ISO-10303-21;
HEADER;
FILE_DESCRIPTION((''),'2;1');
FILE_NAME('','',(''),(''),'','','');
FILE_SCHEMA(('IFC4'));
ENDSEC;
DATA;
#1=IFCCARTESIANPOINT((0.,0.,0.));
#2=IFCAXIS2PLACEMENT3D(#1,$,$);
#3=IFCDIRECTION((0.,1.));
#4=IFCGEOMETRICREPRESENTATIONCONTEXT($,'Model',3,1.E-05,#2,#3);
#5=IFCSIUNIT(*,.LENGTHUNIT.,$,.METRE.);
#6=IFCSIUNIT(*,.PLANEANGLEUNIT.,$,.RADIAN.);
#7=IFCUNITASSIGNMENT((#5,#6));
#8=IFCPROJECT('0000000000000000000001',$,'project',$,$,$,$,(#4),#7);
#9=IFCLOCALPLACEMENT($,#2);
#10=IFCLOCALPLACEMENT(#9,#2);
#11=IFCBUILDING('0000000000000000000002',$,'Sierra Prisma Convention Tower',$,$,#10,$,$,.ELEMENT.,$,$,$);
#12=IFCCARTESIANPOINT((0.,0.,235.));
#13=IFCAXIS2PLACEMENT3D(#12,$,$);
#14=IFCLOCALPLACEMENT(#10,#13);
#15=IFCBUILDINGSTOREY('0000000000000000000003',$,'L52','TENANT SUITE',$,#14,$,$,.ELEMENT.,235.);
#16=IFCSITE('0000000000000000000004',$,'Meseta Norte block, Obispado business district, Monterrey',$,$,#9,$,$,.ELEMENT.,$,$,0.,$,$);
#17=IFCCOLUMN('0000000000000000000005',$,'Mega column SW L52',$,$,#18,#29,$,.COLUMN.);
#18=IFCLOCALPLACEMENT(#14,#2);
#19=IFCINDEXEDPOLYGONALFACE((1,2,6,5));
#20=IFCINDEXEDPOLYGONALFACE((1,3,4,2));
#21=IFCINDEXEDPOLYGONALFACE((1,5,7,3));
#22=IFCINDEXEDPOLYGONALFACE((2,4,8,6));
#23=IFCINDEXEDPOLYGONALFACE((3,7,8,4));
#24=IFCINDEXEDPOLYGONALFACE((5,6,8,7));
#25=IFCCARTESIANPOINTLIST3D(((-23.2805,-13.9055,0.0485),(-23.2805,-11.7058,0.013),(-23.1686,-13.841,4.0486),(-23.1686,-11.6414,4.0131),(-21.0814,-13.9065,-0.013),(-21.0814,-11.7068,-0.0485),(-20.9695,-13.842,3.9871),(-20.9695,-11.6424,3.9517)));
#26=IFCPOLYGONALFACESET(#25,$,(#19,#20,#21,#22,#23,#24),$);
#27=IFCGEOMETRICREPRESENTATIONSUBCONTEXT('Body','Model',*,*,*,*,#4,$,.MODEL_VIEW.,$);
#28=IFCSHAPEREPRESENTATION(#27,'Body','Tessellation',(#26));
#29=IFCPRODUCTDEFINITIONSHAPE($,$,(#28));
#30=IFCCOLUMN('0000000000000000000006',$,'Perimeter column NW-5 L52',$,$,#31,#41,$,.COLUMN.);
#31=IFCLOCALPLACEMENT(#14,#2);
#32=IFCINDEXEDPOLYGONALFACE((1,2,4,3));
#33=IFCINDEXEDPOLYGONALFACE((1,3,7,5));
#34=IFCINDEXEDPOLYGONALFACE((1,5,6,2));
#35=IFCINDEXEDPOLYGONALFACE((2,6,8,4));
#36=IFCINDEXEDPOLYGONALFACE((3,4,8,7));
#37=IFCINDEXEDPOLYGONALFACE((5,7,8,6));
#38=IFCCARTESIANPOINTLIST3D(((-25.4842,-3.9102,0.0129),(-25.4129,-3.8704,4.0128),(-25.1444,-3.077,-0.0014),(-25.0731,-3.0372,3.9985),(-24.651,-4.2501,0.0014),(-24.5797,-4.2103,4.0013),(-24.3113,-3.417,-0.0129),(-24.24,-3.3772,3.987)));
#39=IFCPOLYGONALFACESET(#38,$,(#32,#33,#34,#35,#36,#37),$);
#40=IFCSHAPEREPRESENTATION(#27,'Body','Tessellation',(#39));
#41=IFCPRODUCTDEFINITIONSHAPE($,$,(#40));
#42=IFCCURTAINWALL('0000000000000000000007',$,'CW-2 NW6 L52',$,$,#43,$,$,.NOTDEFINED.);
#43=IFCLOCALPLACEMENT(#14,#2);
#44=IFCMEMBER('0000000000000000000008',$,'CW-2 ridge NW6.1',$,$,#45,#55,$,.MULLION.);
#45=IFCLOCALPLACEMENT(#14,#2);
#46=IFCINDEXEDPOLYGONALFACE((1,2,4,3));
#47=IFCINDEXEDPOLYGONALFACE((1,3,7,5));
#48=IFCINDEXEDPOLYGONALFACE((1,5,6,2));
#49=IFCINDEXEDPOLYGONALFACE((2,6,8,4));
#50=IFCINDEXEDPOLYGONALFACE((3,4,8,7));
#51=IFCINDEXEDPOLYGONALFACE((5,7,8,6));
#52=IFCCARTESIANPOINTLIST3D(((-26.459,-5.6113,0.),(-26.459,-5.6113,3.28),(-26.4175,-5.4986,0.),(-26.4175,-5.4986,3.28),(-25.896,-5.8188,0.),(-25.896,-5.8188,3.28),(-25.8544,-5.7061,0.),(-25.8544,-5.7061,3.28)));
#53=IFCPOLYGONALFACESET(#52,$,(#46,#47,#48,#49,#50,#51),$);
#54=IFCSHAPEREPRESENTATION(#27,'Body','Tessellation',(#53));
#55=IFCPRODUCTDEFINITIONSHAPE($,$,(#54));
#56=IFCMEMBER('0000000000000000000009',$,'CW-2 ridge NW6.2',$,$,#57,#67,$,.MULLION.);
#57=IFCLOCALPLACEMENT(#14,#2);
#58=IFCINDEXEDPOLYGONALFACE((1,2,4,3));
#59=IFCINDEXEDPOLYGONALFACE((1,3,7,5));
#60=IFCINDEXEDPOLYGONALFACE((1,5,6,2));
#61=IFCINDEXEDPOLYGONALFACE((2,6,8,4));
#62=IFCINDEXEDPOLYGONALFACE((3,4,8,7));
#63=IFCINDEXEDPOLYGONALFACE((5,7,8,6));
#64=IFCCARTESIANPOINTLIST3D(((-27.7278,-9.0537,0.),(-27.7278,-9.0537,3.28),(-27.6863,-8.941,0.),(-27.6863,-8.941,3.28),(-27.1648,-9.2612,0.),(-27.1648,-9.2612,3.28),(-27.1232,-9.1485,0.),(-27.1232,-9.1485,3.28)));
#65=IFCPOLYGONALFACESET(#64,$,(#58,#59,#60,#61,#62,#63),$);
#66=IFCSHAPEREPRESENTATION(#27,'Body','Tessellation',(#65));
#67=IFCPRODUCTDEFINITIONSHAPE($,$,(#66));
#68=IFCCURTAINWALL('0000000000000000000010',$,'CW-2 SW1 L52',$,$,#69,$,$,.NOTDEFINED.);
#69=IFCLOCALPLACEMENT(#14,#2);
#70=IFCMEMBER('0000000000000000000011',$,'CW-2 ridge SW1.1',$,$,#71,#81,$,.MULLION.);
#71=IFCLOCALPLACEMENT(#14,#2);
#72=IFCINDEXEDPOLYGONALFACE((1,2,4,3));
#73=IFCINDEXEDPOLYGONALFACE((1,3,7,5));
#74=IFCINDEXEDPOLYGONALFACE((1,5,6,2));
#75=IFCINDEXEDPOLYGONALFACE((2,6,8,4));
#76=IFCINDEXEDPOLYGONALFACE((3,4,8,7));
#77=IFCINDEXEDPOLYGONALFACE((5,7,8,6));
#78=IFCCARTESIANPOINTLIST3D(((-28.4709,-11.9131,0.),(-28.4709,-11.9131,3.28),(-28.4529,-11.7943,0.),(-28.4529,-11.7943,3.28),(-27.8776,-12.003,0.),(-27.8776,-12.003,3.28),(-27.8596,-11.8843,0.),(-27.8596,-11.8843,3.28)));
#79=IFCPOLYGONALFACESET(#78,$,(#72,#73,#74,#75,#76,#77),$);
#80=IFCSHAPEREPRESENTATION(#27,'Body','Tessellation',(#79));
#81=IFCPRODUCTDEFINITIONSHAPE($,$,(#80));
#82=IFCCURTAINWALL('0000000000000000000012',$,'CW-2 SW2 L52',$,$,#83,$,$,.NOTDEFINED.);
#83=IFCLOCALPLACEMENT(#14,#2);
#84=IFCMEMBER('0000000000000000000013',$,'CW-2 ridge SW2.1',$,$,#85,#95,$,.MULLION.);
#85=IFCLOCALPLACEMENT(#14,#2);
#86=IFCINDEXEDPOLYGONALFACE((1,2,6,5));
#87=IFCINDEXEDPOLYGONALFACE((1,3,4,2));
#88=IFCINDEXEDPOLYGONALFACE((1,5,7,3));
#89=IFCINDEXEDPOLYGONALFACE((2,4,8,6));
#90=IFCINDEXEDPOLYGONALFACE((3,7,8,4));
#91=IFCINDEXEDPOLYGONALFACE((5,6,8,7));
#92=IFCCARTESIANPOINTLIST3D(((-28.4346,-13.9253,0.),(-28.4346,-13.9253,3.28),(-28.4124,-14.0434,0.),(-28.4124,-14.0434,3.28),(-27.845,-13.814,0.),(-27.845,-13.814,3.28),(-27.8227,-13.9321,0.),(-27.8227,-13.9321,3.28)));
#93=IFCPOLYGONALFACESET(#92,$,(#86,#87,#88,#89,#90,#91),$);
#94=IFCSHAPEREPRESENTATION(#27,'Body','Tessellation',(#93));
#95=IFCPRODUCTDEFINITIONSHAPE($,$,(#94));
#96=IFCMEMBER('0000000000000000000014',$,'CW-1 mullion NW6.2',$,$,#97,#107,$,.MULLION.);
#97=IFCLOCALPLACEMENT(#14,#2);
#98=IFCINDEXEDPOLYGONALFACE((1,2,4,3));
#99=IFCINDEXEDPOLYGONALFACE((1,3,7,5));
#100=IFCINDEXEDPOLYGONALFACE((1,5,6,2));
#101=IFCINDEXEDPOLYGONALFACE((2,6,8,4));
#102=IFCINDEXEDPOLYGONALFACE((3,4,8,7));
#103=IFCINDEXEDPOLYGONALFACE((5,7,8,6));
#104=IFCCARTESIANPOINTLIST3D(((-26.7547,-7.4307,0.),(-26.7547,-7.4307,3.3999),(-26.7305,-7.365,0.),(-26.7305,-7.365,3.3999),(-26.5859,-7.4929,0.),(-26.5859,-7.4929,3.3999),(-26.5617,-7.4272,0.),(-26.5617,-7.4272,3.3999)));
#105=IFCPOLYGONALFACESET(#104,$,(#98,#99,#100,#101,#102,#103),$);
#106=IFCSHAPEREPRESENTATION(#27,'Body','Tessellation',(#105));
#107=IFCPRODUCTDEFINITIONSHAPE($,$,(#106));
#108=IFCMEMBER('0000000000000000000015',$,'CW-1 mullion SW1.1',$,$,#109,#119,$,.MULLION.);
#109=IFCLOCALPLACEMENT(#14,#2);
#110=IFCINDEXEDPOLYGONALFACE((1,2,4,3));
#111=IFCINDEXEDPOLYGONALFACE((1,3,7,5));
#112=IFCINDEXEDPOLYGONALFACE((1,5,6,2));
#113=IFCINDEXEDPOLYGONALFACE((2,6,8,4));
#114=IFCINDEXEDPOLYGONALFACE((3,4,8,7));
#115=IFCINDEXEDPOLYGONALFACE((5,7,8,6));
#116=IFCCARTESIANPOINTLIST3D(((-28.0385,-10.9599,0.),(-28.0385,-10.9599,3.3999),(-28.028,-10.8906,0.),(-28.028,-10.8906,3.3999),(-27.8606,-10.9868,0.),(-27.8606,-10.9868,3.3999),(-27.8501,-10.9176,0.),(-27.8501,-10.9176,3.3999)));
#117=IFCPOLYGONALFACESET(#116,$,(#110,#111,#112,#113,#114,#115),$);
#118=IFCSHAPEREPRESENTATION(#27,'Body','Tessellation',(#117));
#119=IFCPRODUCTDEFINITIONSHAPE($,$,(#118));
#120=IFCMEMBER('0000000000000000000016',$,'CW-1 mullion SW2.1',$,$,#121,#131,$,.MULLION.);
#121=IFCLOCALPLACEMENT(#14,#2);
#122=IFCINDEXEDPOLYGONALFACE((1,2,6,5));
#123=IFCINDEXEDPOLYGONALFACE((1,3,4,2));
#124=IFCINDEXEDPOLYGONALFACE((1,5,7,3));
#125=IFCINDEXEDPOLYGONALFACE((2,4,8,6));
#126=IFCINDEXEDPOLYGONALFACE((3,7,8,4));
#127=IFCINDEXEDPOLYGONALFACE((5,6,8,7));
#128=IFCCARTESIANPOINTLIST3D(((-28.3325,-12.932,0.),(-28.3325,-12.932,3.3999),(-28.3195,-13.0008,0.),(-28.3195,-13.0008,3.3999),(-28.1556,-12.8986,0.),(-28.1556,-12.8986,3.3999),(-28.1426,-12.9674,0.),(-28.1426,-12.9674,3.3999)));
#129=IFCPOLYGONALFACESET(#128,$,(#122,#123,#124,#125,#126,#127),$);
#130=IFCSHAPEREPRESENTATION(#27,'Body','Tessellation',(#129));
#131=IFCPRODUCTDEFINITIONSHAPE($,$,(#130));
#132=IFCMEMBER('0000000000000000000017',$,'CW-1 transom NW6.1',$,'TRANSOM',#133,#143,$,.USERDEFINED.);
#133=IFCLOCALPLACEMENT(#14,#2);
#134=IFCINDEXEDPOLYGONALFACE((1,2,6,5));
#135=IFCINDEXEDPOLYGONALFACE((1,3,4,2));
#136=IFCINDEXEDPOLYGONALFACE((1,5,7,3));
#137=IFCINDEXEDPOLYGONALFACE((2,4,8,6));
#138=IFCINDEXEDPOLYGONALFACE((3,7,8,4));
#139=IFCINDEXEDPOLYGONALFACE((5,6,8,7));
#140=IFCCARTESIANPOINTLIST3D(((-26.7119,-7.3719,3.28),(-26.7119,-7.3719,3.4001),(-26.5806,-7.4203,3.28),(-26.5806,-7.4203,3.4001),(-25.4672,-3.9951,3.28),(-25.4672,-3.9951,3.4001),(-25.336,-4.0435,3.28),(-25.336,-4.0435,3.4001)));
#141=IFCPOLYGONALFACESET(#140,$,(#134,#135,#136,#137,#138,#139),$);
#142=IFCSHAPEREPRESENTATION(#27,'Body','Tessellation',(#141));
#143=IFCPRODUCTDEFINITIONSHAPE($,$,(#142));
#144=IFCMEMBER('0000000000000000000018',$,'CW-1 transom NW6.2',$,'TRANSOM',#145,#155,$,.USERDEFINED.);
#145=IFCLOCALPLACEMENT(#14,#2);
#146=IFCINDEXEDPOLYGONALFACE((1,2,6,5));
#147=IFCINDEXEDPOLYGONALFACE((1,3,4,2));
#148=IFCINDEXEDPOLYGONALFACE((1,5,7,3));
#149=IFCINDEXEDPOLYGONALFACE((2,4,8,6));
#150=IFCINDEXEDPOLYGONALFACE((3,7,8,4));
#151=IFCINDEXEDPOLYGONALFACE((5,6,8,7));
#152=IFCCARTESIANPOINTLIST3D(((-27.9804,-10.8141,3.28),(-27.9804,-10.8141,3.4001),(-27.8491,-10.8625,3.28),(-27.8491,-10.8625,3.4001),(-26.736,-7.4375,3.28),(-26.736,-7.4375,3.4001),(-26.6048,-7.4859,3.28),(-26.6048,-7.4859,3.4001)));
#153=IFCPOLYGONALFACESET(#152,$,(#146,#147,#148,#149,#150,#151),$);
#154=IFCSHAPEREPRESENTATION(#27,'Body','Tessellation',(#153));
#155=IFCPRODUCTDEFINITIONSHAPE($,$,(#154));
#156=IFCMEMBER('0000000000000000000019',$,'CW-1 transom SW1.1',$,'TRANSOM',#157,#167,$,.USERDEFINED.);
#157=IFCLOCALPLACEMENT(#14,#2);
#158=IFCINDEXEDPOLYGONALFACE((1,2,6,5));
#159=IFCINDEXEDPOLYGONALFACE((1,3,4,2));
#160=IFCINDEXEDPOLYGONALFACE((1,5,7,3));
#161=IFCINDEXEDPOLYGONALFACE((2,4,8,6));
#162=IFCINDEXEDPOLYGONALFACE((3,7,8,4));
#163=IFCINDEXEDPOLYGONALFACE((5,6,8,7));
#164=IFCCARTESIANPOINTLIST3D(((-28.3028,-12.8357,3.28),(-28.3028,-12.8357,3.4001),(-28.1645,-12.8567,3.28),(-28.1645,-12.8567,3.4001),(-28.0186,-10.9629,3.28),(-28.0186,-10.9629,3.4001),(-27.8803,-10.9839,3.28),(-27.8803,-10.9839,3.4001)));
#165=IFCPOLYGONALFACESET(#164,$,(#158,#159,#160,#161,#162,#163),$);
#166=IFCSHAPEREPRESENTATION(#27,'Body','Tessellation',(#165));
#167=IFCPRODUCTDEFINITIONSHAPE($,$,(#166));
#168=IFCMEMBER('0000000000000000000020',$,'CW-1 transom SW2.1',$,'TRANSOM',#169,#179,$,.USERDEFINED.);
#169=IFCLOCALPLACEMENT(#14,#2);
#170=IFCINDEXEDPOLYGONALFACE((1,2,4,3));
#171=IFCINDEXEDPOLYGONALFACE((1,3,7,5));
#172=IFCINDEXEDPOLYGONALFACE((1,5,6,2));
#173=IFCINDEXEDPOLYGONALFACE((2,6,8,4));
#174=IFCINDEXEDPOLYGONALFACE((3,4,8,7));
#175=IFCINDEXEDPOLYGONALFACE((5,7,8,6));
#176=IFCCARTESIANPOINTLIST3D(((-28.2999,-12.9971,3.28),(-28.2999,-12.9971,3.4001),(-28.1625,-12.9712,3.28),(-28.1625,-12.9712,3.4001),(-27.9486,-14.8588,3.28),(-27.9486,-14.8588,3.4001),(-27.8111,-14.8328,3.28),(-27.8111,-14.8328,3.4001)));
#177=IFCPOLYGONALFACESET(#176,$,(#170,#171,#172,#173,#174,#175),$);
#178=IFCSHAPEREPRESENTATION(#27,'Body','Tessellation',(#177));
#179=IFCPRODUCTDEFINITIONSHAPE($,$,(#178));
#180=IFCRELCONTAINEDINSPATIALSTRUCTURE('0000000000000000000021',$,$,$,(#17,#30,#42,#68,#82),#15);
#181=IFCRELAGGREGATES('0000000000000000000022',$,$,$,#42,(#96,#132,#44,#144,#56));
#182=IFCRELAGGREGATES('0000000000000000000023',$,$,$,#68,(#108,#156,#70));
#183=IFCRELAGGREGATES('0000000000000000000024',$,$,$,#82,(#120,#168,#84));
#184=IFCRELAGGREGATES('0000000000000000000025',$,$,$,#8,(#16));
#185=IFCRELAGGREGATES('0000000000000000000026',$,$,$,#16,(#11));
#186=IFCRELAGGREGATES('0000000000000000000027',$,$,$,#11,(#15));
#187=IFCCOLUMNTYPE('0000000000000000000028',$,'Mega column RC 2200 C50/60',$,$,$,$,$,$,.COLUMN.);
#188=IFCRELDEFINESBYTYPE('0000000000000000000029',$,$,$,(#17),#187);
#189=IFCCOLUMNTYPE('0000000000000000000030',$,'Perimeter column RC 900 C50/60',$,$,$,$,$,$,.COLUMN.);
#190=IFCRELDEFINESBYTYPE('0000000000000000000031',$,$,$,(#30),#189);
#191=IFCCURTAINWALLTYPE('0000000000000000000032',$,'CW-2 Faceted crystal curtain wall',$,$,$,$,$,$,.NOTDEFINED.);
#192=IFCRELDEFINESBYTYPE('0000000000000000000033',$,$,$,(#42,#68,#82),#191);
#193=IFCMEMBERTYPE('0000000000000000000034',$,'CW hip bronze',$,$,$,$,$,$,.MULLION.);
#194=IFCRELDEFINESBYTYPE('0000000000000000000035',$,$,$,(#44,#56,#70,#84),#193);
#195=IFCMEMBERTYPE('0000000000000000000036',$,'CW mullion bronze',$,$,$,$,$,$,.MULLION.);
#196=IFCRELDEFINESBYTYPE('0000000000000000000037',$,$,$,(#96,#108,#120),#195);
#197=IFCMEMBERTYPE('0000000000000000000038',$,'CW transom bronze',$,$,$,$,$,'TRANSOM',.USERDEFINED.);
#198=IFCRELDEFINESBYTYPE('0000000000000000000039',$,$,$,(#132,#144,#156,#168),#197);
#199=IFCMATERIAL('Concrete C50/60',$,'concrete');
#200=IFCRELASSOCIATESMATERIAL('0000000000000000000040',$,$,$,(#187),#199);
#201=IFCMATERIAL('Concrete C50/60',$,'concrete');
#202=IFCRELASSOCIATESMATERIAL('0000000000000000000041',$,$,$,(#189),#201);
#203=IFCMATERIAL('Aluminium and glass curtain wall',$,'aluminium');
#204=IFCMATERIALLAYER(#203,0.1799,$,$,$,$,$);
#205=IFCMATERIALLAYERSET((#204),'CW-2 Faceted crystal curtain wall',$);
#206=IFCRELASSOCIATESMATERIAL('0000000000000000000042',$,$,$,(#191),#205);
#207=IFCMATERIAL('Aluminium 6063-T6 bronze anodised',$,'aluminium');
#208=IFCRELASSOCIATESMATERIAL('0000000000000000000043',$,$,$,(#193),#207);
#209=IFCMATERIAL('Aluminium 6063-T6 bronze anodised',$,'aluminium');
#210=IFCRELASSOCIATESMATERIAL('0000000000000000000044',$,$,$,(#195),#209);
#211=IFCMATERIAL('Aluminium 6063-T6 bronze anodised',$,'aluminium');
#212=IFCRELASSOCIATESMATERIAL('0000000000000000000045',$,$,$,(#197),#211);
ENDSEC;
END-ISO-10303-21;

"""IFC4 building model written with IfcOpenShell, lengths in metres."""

from ifc_helpers import new_model, si_unit, direction, frame, origin, origin_2d, place, context, subcontext, project, spatial, rectangle, extrude, material, layer, layer_set, material_profile, profile_set, type_object, element, aggregate, save


model = new_model("IFC4")

# Units and contexts
model_context = context("Model", 3, precision=1e-05, world=origin(), true_north=direction((0.0, 1.0)))
body_context = subcontext(model_context, "Body", "Model", "MODEL_VIEW")
ifc_project = project(units=[si_unit("LENGTHUNIT", "METRE"), si_unit("PLANEANGLEUNIT", "RADIAN")], contexts=[model_context])

# Site, building, storey
site_placement = place(None, origin())
site = spatial("IfcSite", under=ifc_project, at=site_placement, Name="Meseta Norte block, Obispado business district, Monterrey", CompositionType="ELEMENT", RefElevation=0.0)
building_placement = place(site_placement, origin())
building = spatial("IfcBuilding", under=site, at=building_placement, Name="Sierra Prisma Convention Tower", CompositionType="ELEMENT")
storey_placement = place(building_placement, frame((0.0, 0.0, 235.0)))
storey = spatial("IfcBuildingStorey", under=building, at=storey_placement, Name="L52", Description="TENANT SUITE", CompositionType="ELEMENT", Elevation=235.0)

# Columns
ifc_material_1 = material(Name="Concrete C50/60", Category="concrete")
ifc_material_profile_1 = material_profile(ifc_material_1, rectangle(XDim=2.2, YDim=2.2, at=origin_2d()), Name="Mega column RC 2200 C50/60")
ifc_profile_set_1 = profile_set([ifc_material_profile_1], Name="Concrete C50/60")
column_type_1 = type_object("IfcColumnType", Name="Mega column RC 2200 C50/60", PredefinedType="COLUMN", material=ifc_profile_set_1)
column_1_placement = place(storey_placement, frame((-22.1809, -12.8062, 0.0), z_axis=(0.02794, 0.016105, 0.99948), x_axis=(0.99961, -0.00045, -0.027936)))
element("IfcColumn", 1, at=column_1_placement, inside=storey, type_object=column_type_1, Name="Mega column SW L52", PredefinedType="COLUMN", context=body_context, shape_type="SweptSolid", body=[
    extrude(rectangle(XDim=2.2, YDim=2.2, at=origin_2d()), origin(), (0.0, 0.0, 1.0), 4.0022),
])
ifc_material_2 = material(Name="Concrete C50/60", Category="concrete")
ifc_material_profile_2 = material_profile(ifc_material_2, rectangle(XDim=0.8999, YDim=0.8999, at=origin_2d()), Name="Perimeter column RC 900 C50/60")
ifc_profile_set_2 = profile_set([ifc_material_profile_2], Name="Concrete C50/60")
column_type_2 = type_object("IfcColumnType", Name="Perimeter column RC 900 C50/60", PredefinedType="COLUMN", material=ifc_profile_set_2)
column_2_placement = place(storey_placement, frame((-24.8977, -3.6636, 0.0), z_axis=(0.017819, 0.009947, 0.999792), x_axis=(0.377551, 0.925851, -0.01594)))
element("IfcColumn", 2, at=column_2_placement, inside=storey, type_object=column_type_2, Name="Perimeter column NW-5 L52", PredefinedType="COLUMN", context=body_context, shape_type="SweptSolid", body=[
    extrude(rectangle(XDim=0.8999, YDim=0.8999, at=origin_2d()), origin(), (0.0, 0.0, 1.0), 4.0007),
])

# Curtain wall, members
ifc_material_3 = material(Name="Aluminium and glass curtain wall", Category="aluminium")
ifc_layer_1 = layer(ifc_material_3, 0.1799)
ifc_layer_set_1 = layer_set([ifc_layer_1], Name="CW-2 Faceted crystal curtain wall")
curtain_wall_type = type_object("IfcCurtainWallType", Name="CW-2 Faceted crystal curtain wall", PredefinedType="NOTDEFINED", material=ifc_layer_set_1)
curtain_wall_1_placement = place(storey_placement, origin())
curtain_wall_1 = element("IfcCurtainWall", 3, at=curtain_wall_1_placement, inside=storey, type_object=curtain_wall_type, Name="CW-2 NW6 L52", PredefinedType="NOTDEFINED")
ifc_material_4 = material(Name="Aluminium 6063-T6 bronze anodised", Category="aluminium")
ifc_material_profile_3 = material_profile(ifc_material_4, rectangle(XDim=0.1201, YDim=0.6001, at=origin_2d()), Name="ALU RIDGE BLADE 120x600")
ifc_profile_set_3 = profile_set([ifc_material_profile_3], Name="Aluminium 6063-T6 bronze anodised")
member_type_1 = type_object("IfcMemberType", Name="CW hip bronze", PredefinedType="MULLION", material=ifc_profile_set_3)
member_1_placement = place(storey_placement, frame((-26.1567, -5.6587, 0.0), z_axis=(0.0, 0.0, 1.0), x_axis=(-0.345826, -0.938299, 0.0)))
member_1 = element("IfcMember", 4, at=member_1_placement, type_object=member_type_1, Name="CW-2 ridge NW6.1", PredefinedType="MULLION", context=body_context, shape_type="SweptSolid", body=[
    extrude(rectangle(XDim=0.1201, YDim=0.6001, at=origin_2d()), origin(), (0.0, 0.0, 1.0), 3.28),
])
member_2_placement = place(storey_placement, frame((-27.4255, -9.1011, 0.0), z_axis=(0.0, 0.0, 1.0), x_axis=(-0.345826, -0.938299, 0.0)))
member_2 = element("IfcMember", 5, at=member_2_placement, type_object=member_type_1, Name="CW-2 ridge NW6.2", PredefinedType="MULLION", context=body_context, shape_type="SweptSolid", body=[
    extrude(rectangle(XDim=0.1201, YDim=0.6001, at=origin_2d()), origin(), (0.0, 0.0, 1.0), 3.28),
])

# Curtain walls, members
curtain_wall_2_placement = place(storey_placement, origin())
curtain_wall_2 = element("IfcCurtainWall", 6, at=curtain_wall_2_placement, inside=storey, type_object=curtain_wall_type, Name="CW-2 SW1 L52", PredefinedType="NOTDEFINED")
member_3_placement = place(storey_placement, frame((-28.1653, -11.8987, 0.0), z_axis=(0.0, 0.0, 1.0), x_axis=(-0.149931, -0.988696, 0.0)))
member_3 = element("IfcMember", 7, at=member_3_placement, type_object=member_type_1, Name="CW-2 ridge SW1.1", PredefinedType="MULLION", context=body_context, shape_type="SweptSolid", body=[
    extrude(rectangle(XDim=0.1201, YDim=0.6001, at=origin_2d()), origin(), (0.0, 0.0, 1.0), 3.28),
])
curtain_wall_3_placement = place(storey_placement, origin())
curtain_wall_3 = element("IfcCurtainWall", 8, at=curtain_wall_3_placement, inside=storey, type_object=curtain_wall_type, Name="CW-2 SW2 L52", PredefinedType="NOTDEFINED")
member_4_placement = place(storey_placement, frame((-28.1287, -13.9287, 0.0), z_axis=(0.0, 0.0, 1.0), x_axis=(0.18547, -0.98265, 0.0)))
member_4 = element("IfcMember", 9, at=member_4_placement, type_object=member_type_1, Name="CW-2 ridge SW2.1", PredefinedType="MULLION", context=body_context, shape_type="SweptSolid", body=[
    extrude(rectangle(XDim=0.1201, YDim=0.6001, at=origin_2d()), origin(), (0.0, 0.0, 1.0), 3.28),
])

# Members
ifc_material_5 = material(Name="Aluminium 6063-T6 bronze anodised", Category="aluminium")
ifc_material_profile_4 = material_profile(ifc_material_5, rectangle(XDim=0.1799, YDim=0.0701, at=origin_2d()), Name="ALU MULLION 70x180")
ifc_profile_set_4 = profile_set([ifc_material_profile_4], Name="Aluminium 6063-T6 bronze anodised")
member_type_2 = type_object("IfcMemberType", Name="CW mullion bronze", PredefinedType="MULLION", material=ifc_profile_set_4)
member_5_placement = place(storey_placement, frame((-26.6582, -7.429, 0.0), z_axis=(0.0, 0.0, 1.0), x_axis=(0.938299, -0.345826, 0.0)))
member_5 = element("IfcMember", 10, at=member_5_placement, type_object=member_type_2, Name="CW-1 mullion NW6.2", PredefinedType="MULLION", context=body_context, shape_type="SweptSolid", body=[
    extrude(rectangle(XDim=0.1799, YDim=0.0701, at=origin_2d()), origin(), (0.0, 0.0, 1.0), 3.3999),
])
member_6_placement = place(storey_placement, frame((-27.9443, -10.9387, 0.0), z_axis=(0.0, 0.0, 1.0), x_axis=(0.988696, -0.149931, 0.0)))
member_6 = element("IfcMember", 11, at=member_6_placement, type_object=member_type_2, Name="CW-1 mullion SW1.1", PredefinedType="MULLION", context=body_context, shape_type="SweptSolid", body=[
    extrude(rectangle(XDim=0.1799, YDim=0.0701, at=origin_2d()), origin(), (0.0, 0.0, 1.0), 3.3999),
])
member_7_placement = place(storey_placement, frame((-28.2375, -12.9497, 0.0), z_axis=(0.0, 0.0, 1.0), x_axis=(0.98265, 0.18547, 0.0)))
member_7 = element("IfcMember", 12, at=member_7_placement, type_object=member_type_2, Name="CW-1 mullion SW2.1", PredefinedType="MULLION", context=body_context, shape_type="SweptSolid", body=[
    extrude(rectangle(XDim=0.1799, YDim=0.0701, at=origin_2d()), origin(), (0.0, 0.0, 1.0), 3.3999),
])
ifc_material_6 = material(Name="Aluminium 6063-T6 bronze anodised", Category="aluminium")
ifc_material_profile_5 = material_profile(ifc_material_6, rectangle(XDim=0.1399, YDim=0.1201, at=origin_2d()), Name="ALU TRANSOM 120x140")
ifc_profile_set_5 = profile_set([ifc_material_profile_5], Name="Aluminium 6063-T6 bronze anodised")
member_type_3 = type_object("IfcMemberType", Name="CW transom bronze", ElementType="TRANSOM", PredefinedType="USERDEFINED", material=ifc_profile_set_5)
member_8_placement = place(storey_placement, frame((-25.4016, -4.0193, 3.3401), z_axis=(-0.345847, -0.938291, 0.0), x_axis=(0.938291, -0.345847, 0.0)))
member_8 = element("IfcMember", 13, at=member_8_placement, type_object=member_type_3, Name="CW-1 transom NW6.1", ObjectType="TRANSOM", PredefinedType="USERDEFINED", context=body_context, shape_type="SweptSolid", body=[
    extrude(rectangle(XDim=0.1399, YDim=0.1201, at=origin_2d()), origin(), (0.0, 0.0, 1.0), 3.5989),
])
member_9_placement = place(storey_placement, frame((-26.6704, -7.4617, 3.3401), z_axis=(-0.345787, -0.938313, 0.0), x_axis=(0.938313, -0.345787, 0.0)))
member_9 = element("IfcMember", 14, at=member_9_placement, type_object=member_type_3, Name="CW-1 transom NW6.2", ObjectType="TRANSOM", PredefinedType="USERDEFINED", context=body_context, shape_type="SweptSolid", body=[
    extrude(rectangle(XDim=0.1399, YDim=0.1201, at=origin_2d()), origin(), (0.0, 0.0, 1.0), 3.5986),
])
member_10_placement = place(storey_placement, frame((-27.9495, -10.9734, 3.3401), z_axis=(-0.150023, -0.988683, 0.0), x_axis=(0.988683, -0.150023, 0.0)))
member_10 = element("IfcMember", 15, at=member_10_placement, type_object=member_type_3, Name="CW-1 transom SW1.1", ObjectType="TRANSOM", PredefinedType="USERDEFINED", context=body_context, shape_type="SweptSolid", body=[
    extrude(rectangle(XDim=0.1399, YDim=0.1201, at=origin_2d()), origin(), (0.0, 0.0, 1.0), 1.8943),
])
member_11_placement = place(storey_placement, frame((-28.2312, -12.9841, 3.3401), z_axis=(0.185448, -0.982654, 0.0), x_axis=(0.982654, 0.185448, 0.0)))
member_11 = element("IfcMember", 16, at=member_11_placement, type_object=member_type_3, Name="CW-1 transom SW2.1", ObjectType="TRANSOM", PredefinedType="USERDEFINED", context=body_context, shape_type="SweptSolid", body=[
    extrude(rectangle(XDim=0.1399, YDim=0.1201, at=origin_2d()), origin(), (0.0, 0.0, 1.0), 1.8945),
])

aggregate(curtain_wall_1, [member_5, member_8, member_1, member_9, member_2])
aggregate(curtain_wall_2, [member_6, member_10, member_3])
aggregate(curtain_wall_3, [member_7, member_11, member_4])

save(model, "model.ifc")
